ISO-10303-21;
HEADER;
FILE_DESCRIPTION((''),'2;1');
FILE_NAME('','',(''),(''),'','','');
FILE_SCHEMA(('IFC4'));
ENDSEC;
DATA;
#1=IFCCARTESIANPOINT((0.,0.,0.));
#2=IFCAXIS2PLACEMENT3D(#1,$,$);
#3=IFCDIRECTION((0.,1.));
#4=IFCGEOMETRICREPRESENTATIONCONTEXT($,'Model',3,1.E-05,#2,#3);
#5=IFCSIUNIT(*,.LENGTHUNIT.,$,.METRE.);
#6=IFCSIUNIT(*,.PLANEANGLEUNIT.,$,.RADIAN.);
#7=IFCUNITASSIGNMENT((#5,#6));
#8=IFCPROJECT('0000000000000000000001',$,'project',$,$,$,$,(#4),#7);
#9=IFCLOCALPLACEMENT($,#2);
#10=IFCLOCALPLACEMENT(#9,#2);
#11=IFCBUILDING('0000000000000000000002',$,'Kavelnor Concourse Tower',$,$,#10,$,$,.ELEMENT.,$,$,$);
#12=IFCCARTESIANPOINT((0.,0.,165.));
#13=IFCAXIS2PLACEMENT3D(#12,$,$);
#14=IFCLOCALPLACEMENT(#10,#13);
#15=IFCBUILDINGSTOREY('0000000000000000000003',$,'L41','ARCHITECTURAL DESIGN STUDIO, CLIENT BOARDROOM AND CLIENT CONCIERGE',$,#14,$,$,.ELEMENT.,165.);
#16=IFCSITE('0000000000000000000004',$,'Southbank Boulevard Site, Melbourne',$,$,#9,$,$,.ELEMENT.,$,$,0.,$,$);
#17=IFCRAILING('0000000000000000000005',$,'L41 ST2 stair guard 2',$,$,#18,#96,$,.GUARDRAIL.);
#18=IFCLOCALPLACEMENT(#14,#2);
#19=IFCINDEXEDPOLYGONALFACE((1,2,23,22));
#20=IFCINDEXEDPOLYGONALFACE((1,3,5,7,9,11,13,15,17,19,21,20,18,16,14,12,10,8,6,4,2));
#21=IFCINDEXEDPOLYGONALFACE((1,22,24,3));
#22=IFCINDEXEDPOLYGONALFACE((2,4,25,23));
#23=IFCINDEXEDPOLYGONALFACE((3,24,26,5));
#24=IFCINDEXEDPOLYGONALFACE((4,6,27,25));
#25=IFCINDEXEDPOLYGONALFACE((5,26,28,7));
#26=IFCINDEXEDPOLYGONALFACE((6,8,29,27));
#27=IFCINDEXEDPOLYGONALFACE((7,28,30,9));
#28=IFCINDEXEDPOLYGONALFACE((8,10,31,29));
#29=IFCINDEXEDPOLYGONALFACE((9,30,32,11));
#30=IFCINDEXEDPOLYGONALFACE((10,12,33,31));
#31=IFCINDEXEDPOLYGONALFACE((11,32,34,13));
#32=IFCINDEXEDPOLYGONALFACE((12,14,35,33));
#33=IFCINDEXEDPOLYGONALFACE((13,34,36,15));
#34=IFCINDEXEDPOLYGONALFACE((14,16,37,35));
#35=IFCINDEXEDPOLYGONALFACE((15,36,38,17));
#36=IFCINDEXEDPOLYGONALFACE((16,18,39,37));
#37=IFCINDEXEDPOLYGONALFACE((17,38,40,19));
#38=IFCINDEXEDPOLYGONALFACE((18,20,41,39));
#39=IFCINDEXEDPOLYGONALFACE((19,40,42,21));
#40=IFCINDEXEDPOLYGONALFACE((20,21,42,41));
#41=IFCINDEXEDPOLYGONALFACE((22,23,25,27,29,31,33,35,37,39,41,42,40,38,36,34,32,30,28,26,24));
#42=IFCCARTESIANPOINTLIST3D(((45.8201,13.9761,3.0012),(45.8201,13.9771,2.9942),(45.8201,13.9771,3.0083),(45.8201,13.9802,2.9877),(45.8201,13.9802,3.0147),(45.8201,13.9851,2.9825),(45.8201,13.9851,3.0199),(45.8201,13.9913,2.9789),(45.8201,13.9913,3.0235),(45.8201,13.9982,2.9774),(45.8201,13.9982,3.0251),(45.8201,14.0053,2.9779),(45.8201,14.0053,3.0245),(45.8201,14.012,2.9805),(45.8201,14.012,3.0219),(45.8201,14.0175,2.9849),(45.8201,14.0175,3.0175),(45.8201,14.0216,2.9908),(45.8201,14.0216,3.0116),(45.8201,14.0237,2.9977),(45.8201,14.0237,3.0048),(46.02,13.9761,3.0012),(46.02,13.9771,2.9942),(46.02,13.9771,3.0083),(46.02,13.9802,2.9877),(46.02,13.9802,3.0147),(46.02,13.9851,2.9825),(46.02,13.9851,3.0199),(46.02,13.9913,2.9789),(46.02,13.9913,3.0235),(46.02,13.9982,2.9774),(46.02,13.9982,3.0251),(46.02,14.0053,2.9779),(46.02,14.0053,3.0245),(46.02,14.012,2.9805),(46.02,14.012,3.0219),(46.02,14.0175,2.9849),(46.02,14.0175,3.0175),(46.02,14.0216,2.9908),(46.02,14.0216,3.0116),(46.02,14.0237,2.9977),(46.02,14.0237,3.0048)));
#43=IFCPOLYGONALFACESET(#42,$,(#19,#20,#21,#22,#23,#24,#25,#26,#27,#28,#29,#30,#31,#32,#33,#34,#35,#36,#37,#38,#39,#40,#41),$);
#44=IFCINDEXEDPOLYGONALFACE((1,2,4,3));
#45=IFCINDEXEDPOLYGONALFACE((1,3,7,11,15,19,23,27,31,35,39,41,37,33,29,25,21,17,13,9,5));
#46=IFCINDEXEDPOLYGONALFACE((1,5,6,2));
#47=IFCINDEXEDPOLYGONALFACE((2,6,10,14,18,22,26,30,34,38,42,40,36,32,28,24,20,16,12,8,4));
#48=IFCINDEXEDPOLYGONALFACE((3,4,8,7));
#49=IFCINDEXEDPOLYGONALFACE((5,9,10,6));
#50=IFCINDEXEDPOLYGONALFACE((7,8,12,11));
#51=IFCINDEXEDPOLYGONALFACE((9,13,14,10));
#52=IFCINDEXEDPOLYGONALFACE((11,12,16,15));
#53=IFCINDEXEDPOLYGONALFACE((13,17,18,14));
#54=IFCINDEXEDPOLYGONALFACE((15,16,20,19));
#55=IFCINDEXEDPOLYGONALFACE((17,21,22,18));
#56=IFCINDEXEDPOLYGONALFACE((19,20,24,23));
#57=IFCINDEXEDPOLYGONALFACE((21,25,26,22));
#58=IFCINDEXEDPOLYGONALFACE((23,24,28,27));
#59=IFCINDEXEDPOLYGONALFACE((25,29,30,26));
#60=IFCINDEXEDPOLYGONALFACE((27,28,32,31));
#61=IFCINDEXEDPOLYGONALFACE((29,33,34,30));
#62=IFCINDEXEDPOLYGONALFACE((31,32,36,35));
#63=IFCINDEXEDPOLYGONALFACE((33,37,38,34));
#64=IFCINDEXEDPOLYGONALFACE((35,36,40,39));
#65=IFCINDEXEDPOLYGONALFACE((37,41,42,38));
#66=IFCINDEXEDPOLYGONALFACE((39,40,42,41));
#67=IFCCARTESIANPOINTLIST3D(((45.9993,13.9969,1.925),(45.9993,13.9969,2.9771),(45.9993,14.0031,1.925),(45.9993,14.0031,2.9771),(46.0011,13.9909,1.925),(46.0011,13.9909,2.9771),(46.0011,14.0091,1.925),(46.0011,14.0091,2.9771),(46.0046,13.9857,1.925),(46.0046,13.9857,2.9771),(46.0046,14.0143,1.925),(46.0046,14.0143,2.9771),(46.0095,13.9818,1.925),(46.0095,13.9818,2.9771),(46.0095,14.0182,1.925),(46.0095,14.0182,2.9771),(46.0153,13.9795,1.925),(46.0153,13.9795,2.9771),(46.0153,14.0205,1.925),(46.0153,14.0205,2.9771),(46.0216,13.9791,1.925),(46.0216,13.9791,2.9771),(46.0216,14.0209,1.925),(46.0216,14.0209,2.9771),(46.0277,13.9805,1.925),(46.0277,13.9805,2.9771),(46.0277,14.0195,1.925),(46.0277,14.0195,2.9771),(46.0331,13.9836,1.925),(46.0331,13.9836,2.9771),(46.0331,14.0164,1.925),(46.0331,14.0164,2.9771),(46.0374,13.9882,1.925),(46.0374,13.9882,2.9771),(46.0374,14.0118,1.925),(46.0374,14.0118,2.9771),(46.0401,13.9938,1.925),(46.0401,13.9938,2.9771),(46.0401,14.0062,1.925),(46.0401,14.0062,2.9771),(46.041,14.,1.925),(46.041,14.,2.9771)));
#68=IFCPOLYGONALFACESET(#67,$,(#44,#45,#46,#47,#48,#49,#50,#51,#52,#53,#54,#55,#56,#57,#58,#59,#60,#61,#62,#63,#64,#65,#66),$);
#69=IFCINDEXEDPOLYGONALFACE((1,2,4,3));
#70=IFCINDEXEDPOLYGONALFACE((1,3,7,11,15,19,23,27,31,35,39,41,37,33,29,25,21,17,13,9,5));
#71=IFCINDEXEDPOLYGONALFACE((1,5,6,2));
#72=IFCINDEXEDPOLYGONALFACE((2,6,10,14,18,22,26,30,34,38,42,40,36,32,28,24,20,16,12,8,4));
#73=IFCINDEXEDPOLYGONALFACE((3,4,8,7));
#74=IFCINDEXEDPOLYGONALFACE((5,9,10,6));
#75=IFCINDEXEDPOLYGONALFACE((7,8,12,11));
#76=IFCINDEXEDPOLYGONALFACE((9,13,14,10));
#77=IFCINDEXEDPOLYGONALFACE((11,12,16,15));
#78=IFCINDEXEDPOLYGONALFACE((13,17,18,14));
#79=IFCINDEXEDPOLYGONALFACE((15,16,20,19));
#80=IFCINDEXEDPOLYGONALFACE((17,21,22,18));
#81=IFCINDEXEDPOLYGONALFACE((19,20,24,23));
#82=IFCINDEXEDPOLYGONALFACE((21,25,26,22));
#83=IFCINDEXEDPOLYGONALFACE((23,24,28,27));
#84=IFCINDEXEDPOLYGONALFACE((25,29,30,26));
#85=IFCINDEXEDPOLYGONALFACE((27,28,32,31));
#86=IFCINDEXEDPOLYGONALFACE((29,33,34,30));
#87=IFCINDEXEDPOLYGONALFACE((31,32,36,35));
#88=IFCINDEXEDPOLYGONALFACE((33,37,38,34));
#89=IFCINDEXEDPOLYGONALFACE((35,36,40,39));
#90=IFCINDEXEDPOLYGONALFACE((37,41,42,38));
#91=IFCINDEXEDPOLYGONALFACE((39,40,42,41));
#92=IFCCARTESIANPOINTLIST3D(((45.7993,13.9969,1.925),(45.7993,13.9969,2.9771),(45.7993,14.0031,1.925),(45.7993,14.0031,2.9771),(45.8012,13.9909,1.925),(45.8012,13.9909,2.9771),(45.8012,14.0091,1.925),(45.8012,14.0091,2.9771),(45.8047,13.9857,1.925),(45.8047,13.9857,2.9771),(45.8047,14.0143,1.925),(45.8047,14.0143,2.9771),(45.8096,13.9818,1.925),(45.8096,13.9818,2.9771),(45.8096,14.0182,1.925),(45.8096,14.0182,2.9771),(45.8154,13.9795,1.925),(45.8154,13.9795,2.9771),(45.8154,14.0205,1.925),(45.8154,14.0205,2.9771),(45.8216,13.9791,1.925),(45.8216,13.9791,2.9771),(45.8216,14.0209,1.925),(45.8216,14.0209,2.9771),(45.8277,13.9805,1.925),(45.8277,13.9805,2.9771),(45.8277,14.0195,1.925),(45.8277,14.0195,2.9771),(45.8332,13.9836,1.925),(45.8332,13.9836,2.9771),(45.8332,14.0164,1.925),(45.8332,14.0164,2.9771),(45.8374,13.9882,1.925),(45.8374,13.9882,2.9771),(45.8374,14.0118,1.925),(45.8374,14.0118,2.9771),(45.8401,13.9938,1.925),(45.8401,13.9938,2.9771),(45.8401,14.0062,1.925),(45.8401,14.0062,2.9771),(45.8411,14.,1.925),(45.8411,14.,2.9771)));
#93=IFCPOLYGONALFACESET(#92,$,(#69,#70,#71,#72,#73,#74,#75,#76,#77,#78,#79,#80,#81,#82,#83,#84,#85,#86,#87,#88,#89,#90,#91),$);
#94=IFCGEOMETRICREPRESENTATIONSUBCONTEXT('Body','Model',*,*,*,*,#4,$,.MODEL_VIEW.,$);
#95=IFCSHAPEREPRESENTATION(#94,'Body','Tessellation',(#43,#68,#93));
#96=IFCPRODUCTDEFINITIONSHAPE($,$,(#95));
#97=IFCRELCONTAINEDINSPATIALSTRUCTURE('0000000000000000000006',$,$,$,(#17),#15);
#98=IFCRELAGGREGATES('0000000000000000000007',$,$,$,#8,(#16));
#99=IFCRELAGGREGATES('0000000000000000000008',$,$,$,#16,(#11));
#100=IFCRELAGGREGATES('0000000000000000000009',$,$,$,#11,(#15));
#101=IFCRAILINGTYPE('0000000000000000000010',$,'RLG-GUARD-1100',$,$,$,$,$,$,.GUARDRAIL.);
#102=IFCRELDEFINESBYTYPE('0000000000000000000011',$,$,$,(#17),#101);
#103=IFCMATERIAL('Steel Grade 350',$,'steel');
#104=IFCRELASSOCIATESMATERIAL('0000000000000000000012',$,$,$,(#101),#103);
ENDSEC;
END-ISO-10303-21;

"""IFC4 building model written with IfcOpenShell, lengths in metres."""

from ifc_helpers import new_model, si_unit, direction, frame, origin, origin_2d, place, context, subcontext, project, spatial, circle, extrude, material, type_object, element, save


model = new_model("IFC4")

# Units and contexts
model_context = context("Model", 3, precision=1e-05, world=origin(), true_north=direction((0.0, 1.0)))
body_context = subcontext(model_context, "Body", "Model", "MODEL_VIEW")
ifc_project = project(units=[si_unit("LENGTHUNIT", "METRE"), si_unit("PLANEANGLEUNIT", "RADIAN")], contexts=[model_context])

# Site, building, storey
site_placement = place(None, origin())
site = spatial("IfcSite", under=ifc_project, at=site_placement, Name="Southbank Boulevard Site, Melbourne", CompositionType="ELEMENT", RefElevation=0.0)
building_placement = place(site_placement, origin())
building = spatial("IfcBuilding", under=site, at=building_placement, Name="Kavelnor Concourse Tower", CompositionType="ELEMENT")
storey_placement = place(building_placement, frame((0.0, 0.0, 165.0)))
storey = spatial("IfcBuildingStorey", under=building, at=storey_placement, Name="L41", Description="ARCHITECTURAL DESIGN STUDIO, CLIENT BOARDROOM AND CLIENT CONCIERGE", CompositionType="ELEMENT", Elevation=165.0)

# Shared definitions
ifc_material_1 = material(Name="Steel Grade 350", Category="steel")

# Railing
railing_type_1 = type_object("IfcRailingType", Name="RLG-GUARD-1100", PredefinedType="GUARDRAIL", material=ifc_material_1)
railing_1_placement = place(storey_placement, frame((46.02, 14.0, 1.925)))
element("IfcRailing", 1, at=railing_1_placement, inside=storey, type_object=railing_type_1, Name="L41 ST2 stair guard 2", PredefinedType="GUARDRAIL", context=body_context, shape_type="SweptSolid", body=[
    extrude(circle(Radius=0.0239, at=origin_2d()), frame((0.0, 0.0, 1.0762), z_axis=(-1.0, 0.0, 0.0), x_axis=(0.0, -1.0, 0.0)), (0.0, 0.0, 1.0), 0.2),
    extrude(circle(Radius=0.021, at=origin_2d()), origin(), (0.0, 0.0, 1.0), 1.052),
    extrude(circle(Radius=0.021, at=origin_2d()), frame((-0.2, 0.0, 0.0)), (0.0, 0.0, 1.0), 1.052),
])

save(model, "model.ifc")
